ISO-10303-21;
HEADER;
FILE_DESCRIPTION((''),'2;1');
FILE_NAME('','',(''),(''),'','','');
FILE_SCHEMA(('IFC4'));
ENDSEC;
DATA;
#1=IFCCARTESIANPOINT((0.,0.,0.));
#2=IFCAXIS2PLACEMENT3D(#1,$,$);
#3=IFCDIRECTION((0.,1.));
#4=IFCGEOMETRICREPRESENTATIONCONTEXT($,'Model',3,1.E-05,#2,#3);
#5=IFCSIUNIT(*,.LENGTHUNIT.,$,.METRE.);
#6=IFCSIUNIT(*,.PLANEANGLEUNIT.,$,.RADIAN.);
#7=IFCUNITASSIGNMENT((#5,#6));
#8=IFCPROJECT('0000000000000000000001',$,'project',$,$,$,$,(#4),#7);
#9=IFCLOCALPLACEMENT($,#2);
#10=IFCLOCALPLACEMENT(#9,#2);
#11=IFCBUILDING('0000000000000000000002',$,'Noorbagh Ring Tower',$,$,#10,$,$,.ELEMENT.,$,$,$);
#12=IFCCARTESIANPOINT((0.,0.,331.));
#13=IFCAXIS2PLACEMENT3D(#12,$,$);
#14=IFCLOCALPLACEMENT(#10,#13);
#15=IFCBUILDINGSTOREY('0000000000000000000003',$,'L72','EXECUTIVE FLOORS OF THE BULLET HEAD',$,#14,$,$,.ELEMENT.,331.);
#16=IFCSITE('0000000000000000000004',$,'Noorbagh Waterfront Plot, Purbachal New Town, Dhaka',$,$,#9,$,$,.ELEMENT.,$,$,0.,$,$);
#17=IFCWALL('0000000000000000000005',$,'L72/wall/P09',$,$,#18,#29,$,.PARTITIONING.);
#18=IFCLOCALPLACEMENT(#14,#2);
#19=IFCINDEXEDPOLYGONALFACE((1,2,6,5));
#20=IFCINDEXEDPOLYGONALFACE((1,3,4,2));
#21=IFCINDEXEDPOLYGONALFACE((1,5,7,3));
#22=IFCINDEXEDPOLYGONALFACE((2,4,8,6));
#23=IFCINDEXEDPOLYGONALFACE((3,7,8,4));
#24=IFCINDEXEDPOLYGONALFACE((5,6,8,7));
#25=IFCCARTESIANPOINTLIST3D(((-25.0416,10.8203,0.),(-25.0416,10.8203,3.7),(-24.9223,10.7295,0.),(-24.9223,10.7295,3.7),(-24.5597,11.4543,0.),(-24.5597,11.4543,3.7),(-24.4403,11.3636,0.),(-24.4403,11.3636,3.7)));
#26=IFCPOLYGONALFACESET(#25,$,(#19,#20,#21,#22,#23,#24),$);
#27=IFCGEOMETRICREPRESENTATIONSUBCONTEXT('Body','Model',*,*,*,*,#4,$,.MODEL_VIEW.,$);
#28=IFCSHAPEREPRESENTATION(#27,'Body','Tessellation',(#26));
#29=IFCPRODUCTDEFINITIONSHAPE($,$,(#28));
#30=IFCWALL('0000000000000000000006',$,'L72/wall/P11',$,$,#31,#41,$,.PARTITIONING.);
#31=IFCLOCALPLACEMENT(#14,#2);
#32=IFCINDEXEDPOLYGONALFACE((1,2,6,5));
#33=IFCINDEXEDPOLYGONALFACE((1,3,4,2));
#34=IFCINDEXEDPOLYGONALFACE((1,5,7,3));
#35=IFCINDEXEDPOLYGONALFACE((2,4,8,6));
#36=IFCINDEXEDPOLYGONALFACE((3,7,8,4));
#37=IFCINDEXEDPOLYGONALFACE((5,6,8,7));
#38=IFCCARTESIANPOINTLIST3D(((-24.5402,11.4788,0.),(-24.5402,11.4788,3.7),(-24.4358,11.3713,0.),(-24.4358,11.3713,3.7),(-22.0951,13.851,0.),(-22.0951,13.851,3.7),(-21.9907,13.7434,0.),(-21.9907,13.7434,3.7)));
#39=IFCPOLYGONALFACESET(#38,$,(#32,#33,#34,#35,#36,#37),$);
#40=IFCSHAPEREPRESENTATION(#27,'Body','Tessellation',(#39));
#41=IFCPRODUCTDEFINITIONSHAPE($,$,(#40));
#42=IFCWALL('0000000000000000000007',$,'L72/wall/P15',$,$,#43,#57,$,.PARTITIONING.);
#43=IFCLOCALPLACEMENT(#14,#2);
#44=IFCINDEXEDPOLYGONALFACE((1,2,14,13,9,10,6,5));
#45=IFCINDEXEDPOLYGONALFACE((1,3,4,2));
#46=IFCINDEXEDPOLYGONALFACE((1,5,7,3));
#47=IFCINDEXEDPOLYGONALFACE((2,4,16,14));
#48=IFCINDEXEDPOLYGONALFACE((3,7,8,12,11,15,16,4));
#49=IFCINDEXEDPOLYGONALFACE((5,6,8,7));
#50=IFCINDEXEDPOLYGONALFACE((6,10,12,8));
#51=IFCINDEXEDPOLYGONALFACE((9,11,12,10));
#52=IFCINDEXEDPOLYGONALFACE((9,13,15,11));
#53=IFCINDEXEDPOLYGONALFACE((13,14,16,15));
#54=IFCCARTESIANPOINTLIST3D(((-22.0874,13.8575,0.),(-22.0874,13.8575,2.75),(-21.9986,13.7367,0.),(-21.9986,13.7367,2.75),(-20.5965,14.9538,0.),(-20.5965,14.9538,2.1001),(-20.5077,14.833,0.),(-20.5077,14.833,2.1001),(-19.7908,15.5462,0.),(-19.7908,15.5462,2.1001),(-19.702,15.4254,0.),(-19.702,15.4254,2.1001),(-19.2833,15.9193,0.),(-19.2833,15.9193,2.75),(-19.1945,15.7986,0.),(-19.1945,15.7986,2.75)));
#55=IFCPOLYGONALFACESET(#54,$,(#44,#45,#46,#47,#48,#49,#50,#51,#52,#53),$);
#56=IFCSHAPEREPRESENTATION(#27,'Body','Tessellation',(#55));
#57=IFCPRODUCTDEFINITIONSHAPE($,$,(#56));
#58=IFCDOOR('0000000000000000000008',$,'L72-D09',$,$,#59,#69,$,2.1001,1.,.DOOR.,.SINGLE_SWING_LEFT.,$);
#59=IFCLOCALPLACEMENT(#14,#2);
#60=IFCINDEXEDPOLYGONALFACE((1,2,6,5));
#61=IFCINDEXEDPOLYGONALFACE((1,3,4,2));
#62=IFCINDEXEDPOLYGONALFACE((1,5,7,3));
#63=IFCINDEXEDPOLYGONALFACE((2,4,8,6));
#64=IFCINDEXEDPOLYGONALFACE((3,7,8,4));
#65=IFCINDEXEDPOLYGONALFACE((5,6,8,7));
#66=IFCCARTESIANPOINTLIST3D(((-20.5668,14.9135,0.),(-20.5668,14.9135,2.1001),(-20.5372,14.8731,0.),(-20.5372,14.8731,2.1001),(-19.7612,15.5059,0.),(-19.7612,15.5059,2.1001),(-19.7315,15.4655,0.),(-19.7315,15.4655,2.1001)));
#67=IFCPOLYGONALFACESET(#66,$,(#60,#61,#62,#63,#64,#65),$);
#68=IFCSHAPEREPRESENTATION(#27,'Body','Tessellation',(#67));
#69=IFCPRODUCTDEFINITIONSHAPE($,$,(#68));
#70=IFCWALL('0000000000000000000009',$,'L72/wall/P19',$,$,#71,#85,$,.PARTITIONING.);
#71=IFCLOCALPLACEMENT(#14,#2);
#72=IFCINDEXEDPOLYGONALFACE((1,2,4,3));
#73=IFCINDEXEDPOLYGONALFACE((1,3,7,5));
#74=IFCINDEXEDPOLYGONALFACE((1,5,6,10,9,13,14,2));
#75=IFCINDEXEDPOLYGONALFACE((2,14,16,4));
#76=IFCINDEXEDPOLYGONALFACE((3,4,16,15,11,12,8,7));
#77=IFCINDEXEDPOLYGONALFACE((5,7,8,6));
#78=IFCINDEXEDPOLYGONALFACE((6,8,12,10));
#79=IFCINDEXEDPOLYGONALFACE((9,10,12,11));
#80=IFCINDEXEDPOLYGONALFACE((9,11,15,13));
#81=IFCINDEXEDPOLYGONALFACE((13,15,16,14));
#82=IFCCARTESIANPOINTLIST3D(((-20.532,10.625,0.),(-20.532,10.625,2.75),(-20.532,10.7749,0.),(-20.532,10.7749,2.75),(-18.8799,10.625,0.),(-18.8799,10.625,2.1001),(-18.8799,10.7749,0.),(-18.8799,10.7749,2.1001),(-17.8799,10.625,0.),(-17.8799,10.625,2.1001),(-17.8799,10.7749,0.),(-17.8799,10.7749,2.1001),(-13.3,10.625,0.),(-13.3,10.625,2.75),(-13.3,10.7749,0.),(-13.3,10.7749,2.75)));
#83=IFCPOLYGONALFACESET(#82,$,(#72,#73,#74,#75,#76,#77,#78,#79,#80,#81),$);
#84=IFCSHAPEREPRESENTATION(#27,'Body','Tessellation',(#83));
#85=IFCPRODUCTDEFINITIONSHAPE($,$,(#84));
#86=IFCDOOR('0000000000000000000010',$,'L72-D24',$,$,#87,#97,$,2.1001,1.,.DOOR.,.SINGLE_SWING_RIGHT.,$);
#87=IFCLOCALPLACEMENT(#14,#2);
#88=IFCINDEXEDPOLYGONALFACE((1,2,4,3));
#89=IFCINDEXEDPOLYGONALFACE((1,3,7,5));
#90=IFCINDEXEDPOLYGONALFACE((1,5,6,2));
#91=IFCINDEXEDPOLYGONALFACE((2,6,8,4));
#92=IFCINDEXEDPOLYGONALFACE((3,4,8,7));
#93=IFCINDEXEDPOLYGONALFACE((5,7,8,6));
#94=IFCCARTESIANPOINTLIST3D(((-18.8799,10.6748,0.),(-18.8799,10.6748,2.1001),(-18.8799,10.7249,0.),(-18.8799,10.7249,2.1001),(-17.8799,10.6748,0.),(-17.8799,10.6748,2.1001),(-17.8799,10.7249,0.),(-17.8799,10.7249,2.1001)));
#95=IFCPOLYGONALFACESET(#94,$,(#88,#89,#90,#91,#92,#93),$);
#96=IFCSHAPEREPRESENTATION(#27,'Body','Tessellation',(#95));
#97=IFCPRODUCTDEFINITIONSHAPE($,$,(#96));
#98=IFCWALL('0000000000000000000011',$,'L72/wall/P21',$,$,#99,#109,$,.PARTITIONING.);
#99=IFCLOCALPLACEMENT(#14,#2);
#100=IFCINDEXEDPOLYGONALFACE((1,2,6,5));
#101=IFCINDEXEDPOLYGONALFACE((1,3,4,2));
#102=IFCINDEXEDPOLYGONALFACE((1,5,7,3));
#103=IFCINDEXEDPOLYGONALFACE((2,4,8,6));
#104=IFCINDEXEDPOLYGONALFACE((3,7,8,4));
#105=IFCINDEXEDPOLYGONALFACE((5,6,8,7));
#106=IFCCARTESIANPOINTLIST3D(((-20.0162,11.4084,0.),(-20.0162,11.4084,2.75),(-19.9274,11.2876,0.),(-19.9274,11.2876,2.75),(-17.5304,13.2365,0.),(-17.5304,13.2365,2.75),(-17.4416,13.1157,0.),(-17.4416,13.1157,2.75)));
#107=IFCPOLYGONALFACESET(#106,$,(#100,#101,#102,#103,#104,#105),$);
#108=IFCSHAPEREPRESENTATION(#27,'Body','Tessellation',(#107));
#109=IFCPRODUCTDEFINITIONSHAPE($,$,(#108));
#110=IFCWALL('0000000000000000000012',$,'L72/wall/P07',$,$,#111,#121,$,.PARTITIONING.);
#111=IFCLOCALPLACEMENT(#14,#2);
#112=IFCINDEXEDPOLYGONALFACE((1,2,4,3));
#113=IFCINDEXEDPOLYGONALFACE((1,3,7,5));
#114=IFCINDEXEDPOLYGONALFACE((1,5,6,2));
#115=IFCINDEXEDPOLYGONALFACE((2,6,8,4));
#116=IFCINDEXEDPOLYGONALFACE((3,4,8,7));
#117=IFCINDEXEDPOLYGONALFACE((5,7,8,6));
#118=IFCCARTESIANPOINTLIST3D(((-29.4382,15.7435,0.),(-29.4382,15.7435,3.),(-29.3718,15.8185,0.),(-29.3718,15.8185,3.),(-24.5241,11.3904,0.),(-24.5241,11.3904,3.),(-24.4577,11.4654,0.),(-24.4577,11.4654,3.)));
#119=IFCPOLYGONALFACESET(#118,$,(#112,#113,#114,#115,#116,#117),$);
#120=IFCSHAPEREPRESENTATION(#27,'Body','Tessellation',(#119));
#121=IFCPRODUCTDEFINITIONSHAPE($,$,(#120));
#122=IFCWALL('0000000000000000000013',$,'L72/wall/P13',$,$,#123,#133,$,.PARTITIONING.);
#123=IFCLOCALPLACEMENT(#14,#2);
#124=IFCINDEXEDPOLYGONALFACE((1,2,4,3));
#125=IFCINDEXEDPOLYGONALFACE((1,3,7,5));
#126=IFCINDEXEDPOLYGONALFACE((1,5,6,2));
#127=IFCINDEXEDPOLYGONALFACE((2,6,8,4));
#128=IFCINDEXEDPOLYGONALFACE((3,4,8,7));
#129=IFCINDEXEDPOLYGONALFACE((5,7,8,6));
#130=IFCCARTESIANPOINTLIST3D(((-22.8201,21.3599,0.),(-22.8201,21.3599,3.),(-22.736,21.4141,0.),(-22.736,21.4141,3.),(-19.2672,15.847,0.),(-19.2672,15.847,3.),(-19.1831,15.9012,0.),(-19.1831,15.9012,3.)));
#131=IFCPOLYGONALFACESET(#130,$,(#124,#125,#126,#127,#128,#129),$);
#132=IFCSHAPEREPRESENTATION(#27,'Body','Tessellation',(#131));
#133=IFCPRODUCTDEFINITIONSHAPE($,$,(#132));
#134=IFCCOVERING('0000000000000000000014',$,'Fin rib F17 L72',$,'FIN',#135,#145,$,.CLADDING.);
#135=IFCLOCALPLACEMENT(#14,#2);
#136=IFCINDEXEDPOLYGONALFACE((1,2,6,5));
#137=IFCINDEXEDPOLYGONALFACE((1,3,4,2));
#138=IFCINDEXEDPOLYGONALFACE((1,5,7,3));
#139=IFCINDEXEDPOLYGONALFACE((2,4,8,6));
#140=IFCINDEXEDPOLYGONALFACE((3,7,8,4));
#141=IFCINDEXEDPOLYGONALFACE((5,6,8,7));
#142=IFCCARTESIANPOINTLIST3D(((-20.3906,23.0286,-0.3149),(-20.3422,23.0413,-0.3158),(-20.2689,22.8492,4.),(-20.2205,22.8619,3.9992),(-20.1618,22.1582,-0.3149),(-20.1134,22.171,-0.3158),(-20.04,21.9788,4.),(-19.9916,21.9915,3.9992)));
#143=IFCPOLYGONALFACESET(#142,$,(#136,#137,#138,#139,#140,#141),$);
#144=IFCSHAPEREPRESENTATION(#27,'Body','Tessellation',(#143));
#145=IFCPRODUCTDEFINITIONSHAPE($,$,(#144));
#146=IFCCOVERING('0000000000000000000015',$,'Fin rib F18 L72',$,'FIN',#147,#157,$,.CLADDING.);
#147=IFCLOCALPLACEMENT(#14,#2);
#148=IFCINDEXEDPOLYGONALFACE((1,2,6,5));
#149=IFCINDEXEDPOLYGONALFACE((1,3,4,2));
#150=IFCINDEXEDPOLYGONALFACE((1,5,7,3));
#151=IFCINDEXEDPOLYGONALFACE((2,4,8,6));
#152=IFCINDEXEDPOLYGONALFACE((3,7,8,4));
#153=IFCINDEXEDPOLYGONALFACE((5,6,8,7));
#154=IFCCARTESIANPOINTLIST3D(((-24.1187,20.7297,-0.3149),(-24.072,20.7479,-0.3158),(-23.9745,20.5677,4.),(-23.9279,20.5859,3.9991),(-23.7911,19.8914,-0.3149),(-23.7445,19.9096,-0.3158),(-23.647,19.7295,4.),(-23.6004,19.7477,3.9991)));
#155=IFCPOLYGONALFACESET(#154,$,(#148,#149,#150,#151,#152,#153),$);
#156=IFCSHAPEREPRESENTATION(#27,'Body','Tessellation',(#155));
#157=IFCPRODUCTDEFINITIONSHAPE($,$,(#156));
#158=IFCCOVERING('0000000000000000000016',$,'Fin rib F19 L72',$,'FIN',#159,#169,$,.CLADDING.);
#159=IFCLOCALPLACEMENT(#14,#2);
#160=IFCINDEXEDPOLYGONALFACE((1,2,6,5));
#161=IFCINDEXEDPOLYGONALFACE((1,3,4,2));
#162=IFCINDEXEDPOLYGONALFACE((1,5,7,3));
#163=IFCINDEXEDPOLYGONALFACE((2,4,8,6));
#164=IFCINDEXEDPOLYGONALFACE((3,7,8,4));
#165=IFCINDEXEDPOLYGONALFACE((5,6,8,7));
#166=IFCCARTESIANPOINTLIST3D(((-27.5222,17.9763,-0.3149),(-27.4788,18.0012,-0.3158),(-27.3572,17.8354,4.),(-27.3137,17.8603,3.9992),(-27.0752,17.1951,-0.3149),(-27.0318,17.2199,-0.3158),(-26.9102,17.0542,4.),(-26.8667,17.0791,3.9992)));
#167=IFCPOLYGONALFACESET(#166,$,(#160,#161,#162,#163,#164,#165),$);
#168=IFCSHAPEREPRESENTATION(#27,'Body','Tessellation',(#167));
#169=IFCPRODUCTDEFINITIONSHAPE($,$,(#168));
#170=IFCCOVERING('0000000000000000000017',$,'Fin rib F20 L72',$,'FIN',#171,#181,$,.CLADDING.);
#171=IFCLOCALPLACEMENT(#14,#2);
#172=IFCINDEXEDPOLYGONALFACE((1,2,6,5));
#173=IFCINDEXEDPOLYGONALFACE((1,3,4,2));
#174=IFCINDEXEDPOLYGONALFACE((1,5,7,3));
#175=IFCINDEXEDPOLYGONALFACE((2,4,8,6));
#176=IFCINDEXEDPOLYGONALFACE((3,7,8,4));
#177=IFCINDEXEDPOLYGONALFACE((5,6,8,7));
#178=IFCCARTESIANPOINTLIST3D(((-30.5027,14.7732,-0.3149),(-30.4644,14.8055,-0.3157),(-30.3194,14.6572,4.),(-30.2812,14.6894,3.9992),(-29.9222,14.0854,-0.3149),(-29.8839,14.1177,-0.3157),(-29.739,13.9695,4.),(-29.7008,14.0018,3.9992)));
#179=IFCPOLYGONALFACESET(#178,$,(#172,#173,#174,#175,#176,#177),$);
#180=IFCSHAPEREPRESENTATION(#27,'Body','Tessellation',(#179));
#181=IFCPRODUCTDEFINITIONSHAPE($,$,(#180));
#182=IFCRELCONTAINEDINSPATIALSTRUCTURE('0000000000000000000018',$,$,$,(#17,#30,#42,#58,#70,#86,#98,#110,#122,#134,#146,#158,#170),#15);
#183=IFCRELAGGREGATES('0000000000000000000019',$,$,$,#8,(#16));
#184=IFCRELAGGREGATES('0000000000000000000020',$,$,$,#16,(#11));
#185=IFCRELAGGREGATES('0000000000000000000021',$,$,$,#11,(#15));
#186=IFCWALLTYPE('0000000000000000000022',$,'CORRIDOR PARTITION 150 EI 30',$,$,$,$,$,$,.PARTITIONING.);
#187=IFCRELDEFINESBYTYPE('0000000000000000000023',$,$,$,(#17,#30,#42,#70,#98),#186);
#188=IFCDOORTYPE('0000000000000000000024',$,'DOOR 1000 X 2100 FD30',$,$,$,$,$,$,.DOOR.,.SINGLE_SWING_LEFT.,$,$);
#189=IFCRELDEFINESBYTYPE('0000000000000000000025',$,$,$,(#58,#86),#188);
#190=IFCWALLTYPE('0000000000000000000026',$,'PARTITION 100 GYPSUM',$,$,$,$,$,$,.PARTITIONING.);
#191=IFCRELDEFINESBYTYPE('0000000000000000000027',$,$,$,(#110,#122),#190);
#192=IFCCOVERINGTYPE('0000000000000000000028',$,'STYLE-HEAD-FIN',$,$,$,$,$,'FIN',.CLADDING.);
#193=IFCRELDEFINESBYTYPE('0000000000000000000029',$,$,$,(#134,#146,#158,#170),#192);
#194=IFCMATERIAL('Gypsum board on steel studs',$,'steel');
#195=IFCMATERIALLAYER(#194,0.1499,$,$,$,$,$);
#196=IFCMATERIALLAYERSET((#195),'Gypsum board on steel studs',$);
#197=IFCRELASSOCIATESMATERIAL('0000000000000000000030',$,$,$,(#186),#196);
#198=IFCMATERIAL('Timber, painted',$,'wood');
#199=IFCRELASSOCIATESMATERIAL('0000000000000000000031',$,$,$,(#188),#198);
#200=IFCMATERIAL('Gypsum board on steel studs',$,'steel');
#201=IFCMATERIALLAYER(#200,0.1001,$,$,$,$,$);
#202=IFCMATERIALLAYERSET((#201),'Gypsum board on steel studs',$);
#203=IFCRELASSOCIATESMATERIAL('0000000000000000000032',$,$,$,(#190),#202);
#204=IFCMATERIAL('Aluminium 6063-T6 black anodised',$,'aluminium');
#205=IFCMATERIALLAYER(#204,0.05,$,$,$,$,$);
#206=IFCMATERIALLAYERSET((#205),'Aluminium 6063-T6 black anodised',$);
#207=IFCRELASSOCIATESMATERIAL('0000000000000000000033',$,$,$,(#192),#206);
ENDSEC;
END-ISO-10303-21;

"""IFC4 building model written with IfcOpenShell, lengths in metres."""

from ifc_helpers import new_model, si_unit, direction, frame, frame_2d, origin, place, context, subcontext, project, spatial, polyline, rectangle, outline, extrude, material, layer, layer_set, type_object, element, fill, save


model = new_model("IFC4")

# Units and contexts
model_context = context("Model", 3, precision=1e-05, world=origin(), true_north=direction((0.0, 1.0)))
body_context = subcontext(model_context, "Body", "Model", "MODEL_VIEW")
ifc_project = project(units=[si_unit("LENGTHUNIT", "METRE"), si_unit("PLANEANGLEUNIT", "RADIAN")], contexts=[model_context])

# Site, building, storey
site_placement = place(None, origin())
site = spatial("IfcSite", under=ifc_project, at=site_placement, Name="Noorbagh Waterfront Plot, Purbachal New Town, Dhaka", CompositionType="ELEMENT", RefElevation=0.0)
building_placement = place(site_placement, origin())
building = spatial("IfcBuilding", under=site, at=building_placement, Name="Noorbagh Ring Tower", CompositionType="ELEMENT")
storey_placement = place(building_placement, frame((0.0, 0.0, 331.0)))
storey = spatial("IfcBuildingStorey", under=building, at=storey_placement, Name="L72", Description="EXECUTIVE FLOORS OF THE BULLET HEAD", CompositionType="ELEMENT", Elevation=331.0)

# Shared definitions
ifc_material_1 = material(Name="Gypsum board on steel studs", Category="steel")
ifc_layer_1 = layer(ifc_material_1, 0.1499)
ifc_layer_set_1 = layer_set([ifc_layer_1], Name="Gypsum board on steel studs")
wall_type_1 = type_object("IfcWallType", Name="CORRIDOR PARTITION 150 EI 30", PredefinedType="PARTITIONING", material=ifc_layer_set_1)
ifc_material_2 = material(Name="Timber, painted", Category="wood")
door_type = type_object("IfcDoorType", Name="DOOR 1000 X 2100 FD30", OperationType="SINGLE_SWING_LEFT", PredefinedType="DOOR", material=ifc_material_2)

# Walls
wall_1_placement = place(storey_placement, frame((-24.9819, 10.7749, 0.0), z_axis=(0.0, 0.0, 1.0), x_axis=(0.605138, 0.796121, 0.0)))
element("IfcWall", 1, at=wall_1_placement, inside=storey, type_object=wall_type_1, Name="L72/wall/P09", PredefinedType="PARTITIONING", context=body_context, shape_type="SweptSolid", body=[
    extrude(rectangle(XDim=0.7964, YDim=0.1499, at=frame_2d((0.3982, 0.0))), origin(), (0.0, 0.0, 1.0), 3.7),
])
wall_2_placement = place(storey_placement, frame((-24.488, 11.425, 0.0), z_axis=(0.0, 0.0, 1.0), x_axis=(0.71774, 0.696311, 0.0)))
element("IfcWall", 2, at=wall_2_placement, inside=storey, type_object=wall_type_1, Name="L72/wall/P11", PredefinedType="PARTITIONING", context=body_context, shape_type="SweptSolid", body=[
    extrude(rectangle(XDim=3.4067, YDim=0.1499, at=frame_2d((1.7034, 0.0))), origin(), (0.0, 0.0, 1.0), 3.7),
])

# Walls, openings, doors
wall_3_placement = place(storey_placement, frame((-22.043, 13.7971, 0.0), z_axis=(0.0, 0.0, 1.0), x_axis=(0.805646, 0.592397, 0.0)))
wall_3 = element("IfcWall", 3, at=wall_3_placement, inside=storey, type_object=wall_type_1, Name="L72/wall/P15", PredefinedType="PARTITIONING", context=body_context, shape_type="SweptSolid", body=[
    extrude(rectangle(XDim=3.4805, YDim=0.1499, at=frame_2d((1.7402, 0.0))), origin(), (0.0, 0.0, 1.0), 2.75),
])
opening_1_placement = place(wall_3_placement, frame((1.8506, 0.0, 0.0)))
opening_1 = element("IfcOpeningElement", 4, at=opening_1_placement, cuts=wall_3, PredefinedType="OPENING", context=body_context, shape_type="SweptSolid", body=[
    extrude(rectangle(XDim=1.0, YDim=2.1001, at=frame_2d((0.5, 1.05))), frame((0.0, 0.085, 0.0), z_axis=(0.0, -1.0, 0.0), x_axis=(1.0, 0.0, 0.0)), (0.0, 0.0, 1.0), 0.1699),
])
door_1_placement = place(opening_1_placement, origin())
door_1 = element("IfcDoor", 5, at=door_1_placement, inside=storey, type_object=door_type, Name="L72-D09", OperationType="SINGLE_SWING_LEFT", OverallHeight=2.1001, OverallWidth=1.0, PredefinedType="DOOR", context=body_context, shape_type="SweptSolid", body=[
    extrude(rectangle(XDim=1.0, YDim=2.1001, at=frame_2d((0.5, 1.05))), frame((0.0, 0.0249, 0.0), z_axis=(0.0, -1.0, 0.0), x_axis=(1.0, 0.0, 0.0)), (0.0, 0.0, 1.0), 0.05),
])
fill(opening_1, door_1)
wall_4_placement = place(storey_placement, frame((-20.532, 10.7, 0.0), z_axis=(0.0, 0.0, 1.0), x_axis=(1.0, 0.0, 0.0)))
wall_4 = element("IfcWall", 6, at=wall_4_placement, inside=storey, type_object=wall_type_1, Name="L72/wall/P19", PredefinedType="PARTITIONING", context=body_context, shape_type="SweptSolid", body=[
    extrude(rectangle(XDim=7.2319, YDim=0.1499, at=frame_2d((3.616, 0.0))), origin(), (0.0, 0.0, 1.0), 2.75),
])
opening_2_placement = place(wall_4_placement, frame((1.6521, 0.0, 0.0)))
opening_2 = element("IfcOpeningElement", 7, at=opening_2_placement, cuts=wall_4, PredefinedType="OPENING", context=body_context, shape_type="SweptSolid", body=[
    extrude(rectangle(XDim=1.0, YDim=2.1001, at=frame_2d((0.5, 1.05))), frame((0.0, 0.085, 0.0), z_axis=(0.0, -1.0, 0.0), x_axis=(1.0, 0.0, 0.0)), (0.0, 0.0, 1.0), 0.1699),
])
door_2_placement = place(opening_2_placement, origin())
door_2 = element("IfcDoor", 8, at=door_2_placement, inside=storey, type_object=door_type, Name="L72-D24", OperationType="SINGLE_SWING_RIGHT", OverallHeight=2.1001, OverallWidth=1.0, PredefinedType="DOOR", context=body_context, shape_type="SweptSolid", body=[
    extrude(rectangle(XDim=1.0, YDim=2.1001, at=frame_2d((0.5, 1.05))), frame((0.0, 0.0249, 0.0), z_axis=(0.0, -1.0, 0.0), x_axis=(1.0, 0.0, 0.0)), (0.0, 0.0, 1.0), 0.05),
])
fill(opening_2, door_2)

# Walls
wall_5_placement = place(storey_placement, frame((-19.9719, 11.3479, 0.0), z_axis=(0.0, 0.0, 1.0), x_axis=(0.805604, 0.592454, 0.0)))
element("IfcWall", 9, at=wall_5_placement, inside=storey, type_object=wall_type_1, Name="L72/wall/P21", PredefinedType="PARTITIONING", context=body_context, shape_type="SweptSolid", body=[
    extrude(rectangle(XDim=3.0857, YDim=0.1499, at=frame_2d((1.543, 0.0))), origin(), (0.0, 0.0, 1.0), 2.75),
])
ifc_material_3 = material(Name="Gypsum board on steel studs", Category="steel")
ifc_layer_2 = layer(ifc_material_3, 0.1001)
ifc_layer_set_2 = layer_set([ifc_layer_2], Name="Gypsum board on steel studs")
wall_type_2 = type_object("IfcWallType", Name="PARTITION 100 GYPSUM", PredefinedType="PARTITIONING", material=ifc_layer_set_2)
wall_6_placement = place(storey_placement, frame((-29.405, 15.781, 0.0), z_axis=(0.0, 0.0, 1.0), x_axis=(0.748545, -0.663084, 0.0)))
element("IfcWall", 10, at=wall_6_placement, inside=storey, type_object=wall_type_2, Name="L72/wall/P07", PredefinedType="PARTITIONING", context=body_context, shape_type="SweptSolid", body=[
    extrude(rectangle(XDim=6.5649, YDim=0.1001, at=frame_2d((3.2825, 0.0))), origin(), (0.0, 0.0, 1.0), 3.0),
])
wall_7_placement = place(storey_placement, frame((-22.7781, 21.387, 0.0), z_axis=(0.0, 0.0, 1.0), x_axis=(0.541722, -0.840557, 0.0)))
element("IfcWall", 11, at=wall_7_placement, inside=storey, type_object=wall_type_2, Name="L72/wall/P13", PredefinedType="PARTITIONING", context=body_context, shape_type="SweptSolid", body=[
    extrude(rectangle(XDim=6.5586, YDim=0.1001, at=frame_2d((3.2793, 0.0))), origin(), (0.0, 0.0, 1.0), 3.0),
])

# Coverings
ifc_material_4 = material(Name="Aluminium 6063-T6 black anodised", Category="aluminium")
ifc_layer_3 = layer(ifc_material_4, 0.05)
ifc_layer_set_3 = layer_set([ifc_layer_3], Name="Aluminium 6063-T6 black anodised")
covering_type_1 = type_object("IfcCoveringType", Name="STYLE-HEAD-FIN", ElementType="FIN", PredefinedType="CLADDING", material=ifc_layer_set_3)
covering_1_placement = place(storey_placement, frame((-20.3906, 23.0286, -0.3149), z_axis=(-0.966984, -0.254291, 0.016699), x_axis=(0.028168, -0.041527, 0.99874)))
element("IfcCovering", 12, at=covering_1_placement, inside=storey, type_object=covering_type_1, Name="Fin rib F17 L72", ObjectType="FIN", PredefinedType="CLADDING", context=body_context, shape_type="SweptSolid", body=[
    extrude(outline(polyline([(0.0, 0.0), (4.3204, 0.0), (4.363, -0.899), (0.0426, -0.8989), (0.0, 0.0)])), origin(), (0.0, 0.0, -1.0), 0.05),
])
covering_2_placement = place(storey_placement, frame((-24.1187, 20.7297, -0.3149), z_axis=(-0.931289, -0.363863, 0.017455), x_axis=(0.033374, -0.037509, 0.998739)))
element("IfcCovering", 13, at=covering_2_placement, inside=storey, type_object=covering_type_1, Name="Fin rib F18 L72", ObjectType="FIN", PredefinedType="CLADDING", context=body_context, shape_type="SweptSolid", body=[
    extrude(outline(polyline([(0.0, 0.0), (4.3204, 0.0), (4.3628, -0.8989), (0.0424, -0.899), (0.0, 0.0)])), origin(), (0.0, 0.0, -1.0), 0.05),
])
covering_3_placement = place(storey_placement, frame((-27.5222, 17.9763, -0.3149), z_axis=(-0.867834, -0.496564, 0.016982), x_axis=(0.0382, -0.032606, 0.998738)))
element("IfcCovering", 14, at=covering_3_placement, inside=storey, type_object=covering_type_1, Name="Fin rib F19 L72", ObjectType="FIN", PredefinedType="CLADDING", context=body_context, shape_type="SweptSolid", body=[
    extrude(outline(polyline([(0.0, 0.0), (4.3204, 0.0), (4.3629, -0.8991), (0.0425, -0.8991), (0.0, 0.0)])), origin(), (0.0, 0.0, -1.0), 0.05),
])
covering_4_placement = place(storey_placement, frame((-30.5027, 14.7732, -0.3149), z_axis=(-0.764116, -0.644901, 0.015115), x_axis=(0.042422, -0.026856, 0.998739)))
element("IfcCovering", 15, at=covering_4_placement, inside=storey, type_object=covering_type_1, Name="Fin rib F20 L72", ObjectType="FIN", PredefinedType="CLADDING", context=body_context, shape_type="SweptSolid", body=[
    extrude(outline(polyline([(0.0, 0.0), (4.3204, 0.0), (4.3635, -0.8988), (0.0431, -0.899), (0.0, 0.0)])), origin(), (0.0, 0.0, -1.0), 0.05),
])

save(model, "model.ifc")
